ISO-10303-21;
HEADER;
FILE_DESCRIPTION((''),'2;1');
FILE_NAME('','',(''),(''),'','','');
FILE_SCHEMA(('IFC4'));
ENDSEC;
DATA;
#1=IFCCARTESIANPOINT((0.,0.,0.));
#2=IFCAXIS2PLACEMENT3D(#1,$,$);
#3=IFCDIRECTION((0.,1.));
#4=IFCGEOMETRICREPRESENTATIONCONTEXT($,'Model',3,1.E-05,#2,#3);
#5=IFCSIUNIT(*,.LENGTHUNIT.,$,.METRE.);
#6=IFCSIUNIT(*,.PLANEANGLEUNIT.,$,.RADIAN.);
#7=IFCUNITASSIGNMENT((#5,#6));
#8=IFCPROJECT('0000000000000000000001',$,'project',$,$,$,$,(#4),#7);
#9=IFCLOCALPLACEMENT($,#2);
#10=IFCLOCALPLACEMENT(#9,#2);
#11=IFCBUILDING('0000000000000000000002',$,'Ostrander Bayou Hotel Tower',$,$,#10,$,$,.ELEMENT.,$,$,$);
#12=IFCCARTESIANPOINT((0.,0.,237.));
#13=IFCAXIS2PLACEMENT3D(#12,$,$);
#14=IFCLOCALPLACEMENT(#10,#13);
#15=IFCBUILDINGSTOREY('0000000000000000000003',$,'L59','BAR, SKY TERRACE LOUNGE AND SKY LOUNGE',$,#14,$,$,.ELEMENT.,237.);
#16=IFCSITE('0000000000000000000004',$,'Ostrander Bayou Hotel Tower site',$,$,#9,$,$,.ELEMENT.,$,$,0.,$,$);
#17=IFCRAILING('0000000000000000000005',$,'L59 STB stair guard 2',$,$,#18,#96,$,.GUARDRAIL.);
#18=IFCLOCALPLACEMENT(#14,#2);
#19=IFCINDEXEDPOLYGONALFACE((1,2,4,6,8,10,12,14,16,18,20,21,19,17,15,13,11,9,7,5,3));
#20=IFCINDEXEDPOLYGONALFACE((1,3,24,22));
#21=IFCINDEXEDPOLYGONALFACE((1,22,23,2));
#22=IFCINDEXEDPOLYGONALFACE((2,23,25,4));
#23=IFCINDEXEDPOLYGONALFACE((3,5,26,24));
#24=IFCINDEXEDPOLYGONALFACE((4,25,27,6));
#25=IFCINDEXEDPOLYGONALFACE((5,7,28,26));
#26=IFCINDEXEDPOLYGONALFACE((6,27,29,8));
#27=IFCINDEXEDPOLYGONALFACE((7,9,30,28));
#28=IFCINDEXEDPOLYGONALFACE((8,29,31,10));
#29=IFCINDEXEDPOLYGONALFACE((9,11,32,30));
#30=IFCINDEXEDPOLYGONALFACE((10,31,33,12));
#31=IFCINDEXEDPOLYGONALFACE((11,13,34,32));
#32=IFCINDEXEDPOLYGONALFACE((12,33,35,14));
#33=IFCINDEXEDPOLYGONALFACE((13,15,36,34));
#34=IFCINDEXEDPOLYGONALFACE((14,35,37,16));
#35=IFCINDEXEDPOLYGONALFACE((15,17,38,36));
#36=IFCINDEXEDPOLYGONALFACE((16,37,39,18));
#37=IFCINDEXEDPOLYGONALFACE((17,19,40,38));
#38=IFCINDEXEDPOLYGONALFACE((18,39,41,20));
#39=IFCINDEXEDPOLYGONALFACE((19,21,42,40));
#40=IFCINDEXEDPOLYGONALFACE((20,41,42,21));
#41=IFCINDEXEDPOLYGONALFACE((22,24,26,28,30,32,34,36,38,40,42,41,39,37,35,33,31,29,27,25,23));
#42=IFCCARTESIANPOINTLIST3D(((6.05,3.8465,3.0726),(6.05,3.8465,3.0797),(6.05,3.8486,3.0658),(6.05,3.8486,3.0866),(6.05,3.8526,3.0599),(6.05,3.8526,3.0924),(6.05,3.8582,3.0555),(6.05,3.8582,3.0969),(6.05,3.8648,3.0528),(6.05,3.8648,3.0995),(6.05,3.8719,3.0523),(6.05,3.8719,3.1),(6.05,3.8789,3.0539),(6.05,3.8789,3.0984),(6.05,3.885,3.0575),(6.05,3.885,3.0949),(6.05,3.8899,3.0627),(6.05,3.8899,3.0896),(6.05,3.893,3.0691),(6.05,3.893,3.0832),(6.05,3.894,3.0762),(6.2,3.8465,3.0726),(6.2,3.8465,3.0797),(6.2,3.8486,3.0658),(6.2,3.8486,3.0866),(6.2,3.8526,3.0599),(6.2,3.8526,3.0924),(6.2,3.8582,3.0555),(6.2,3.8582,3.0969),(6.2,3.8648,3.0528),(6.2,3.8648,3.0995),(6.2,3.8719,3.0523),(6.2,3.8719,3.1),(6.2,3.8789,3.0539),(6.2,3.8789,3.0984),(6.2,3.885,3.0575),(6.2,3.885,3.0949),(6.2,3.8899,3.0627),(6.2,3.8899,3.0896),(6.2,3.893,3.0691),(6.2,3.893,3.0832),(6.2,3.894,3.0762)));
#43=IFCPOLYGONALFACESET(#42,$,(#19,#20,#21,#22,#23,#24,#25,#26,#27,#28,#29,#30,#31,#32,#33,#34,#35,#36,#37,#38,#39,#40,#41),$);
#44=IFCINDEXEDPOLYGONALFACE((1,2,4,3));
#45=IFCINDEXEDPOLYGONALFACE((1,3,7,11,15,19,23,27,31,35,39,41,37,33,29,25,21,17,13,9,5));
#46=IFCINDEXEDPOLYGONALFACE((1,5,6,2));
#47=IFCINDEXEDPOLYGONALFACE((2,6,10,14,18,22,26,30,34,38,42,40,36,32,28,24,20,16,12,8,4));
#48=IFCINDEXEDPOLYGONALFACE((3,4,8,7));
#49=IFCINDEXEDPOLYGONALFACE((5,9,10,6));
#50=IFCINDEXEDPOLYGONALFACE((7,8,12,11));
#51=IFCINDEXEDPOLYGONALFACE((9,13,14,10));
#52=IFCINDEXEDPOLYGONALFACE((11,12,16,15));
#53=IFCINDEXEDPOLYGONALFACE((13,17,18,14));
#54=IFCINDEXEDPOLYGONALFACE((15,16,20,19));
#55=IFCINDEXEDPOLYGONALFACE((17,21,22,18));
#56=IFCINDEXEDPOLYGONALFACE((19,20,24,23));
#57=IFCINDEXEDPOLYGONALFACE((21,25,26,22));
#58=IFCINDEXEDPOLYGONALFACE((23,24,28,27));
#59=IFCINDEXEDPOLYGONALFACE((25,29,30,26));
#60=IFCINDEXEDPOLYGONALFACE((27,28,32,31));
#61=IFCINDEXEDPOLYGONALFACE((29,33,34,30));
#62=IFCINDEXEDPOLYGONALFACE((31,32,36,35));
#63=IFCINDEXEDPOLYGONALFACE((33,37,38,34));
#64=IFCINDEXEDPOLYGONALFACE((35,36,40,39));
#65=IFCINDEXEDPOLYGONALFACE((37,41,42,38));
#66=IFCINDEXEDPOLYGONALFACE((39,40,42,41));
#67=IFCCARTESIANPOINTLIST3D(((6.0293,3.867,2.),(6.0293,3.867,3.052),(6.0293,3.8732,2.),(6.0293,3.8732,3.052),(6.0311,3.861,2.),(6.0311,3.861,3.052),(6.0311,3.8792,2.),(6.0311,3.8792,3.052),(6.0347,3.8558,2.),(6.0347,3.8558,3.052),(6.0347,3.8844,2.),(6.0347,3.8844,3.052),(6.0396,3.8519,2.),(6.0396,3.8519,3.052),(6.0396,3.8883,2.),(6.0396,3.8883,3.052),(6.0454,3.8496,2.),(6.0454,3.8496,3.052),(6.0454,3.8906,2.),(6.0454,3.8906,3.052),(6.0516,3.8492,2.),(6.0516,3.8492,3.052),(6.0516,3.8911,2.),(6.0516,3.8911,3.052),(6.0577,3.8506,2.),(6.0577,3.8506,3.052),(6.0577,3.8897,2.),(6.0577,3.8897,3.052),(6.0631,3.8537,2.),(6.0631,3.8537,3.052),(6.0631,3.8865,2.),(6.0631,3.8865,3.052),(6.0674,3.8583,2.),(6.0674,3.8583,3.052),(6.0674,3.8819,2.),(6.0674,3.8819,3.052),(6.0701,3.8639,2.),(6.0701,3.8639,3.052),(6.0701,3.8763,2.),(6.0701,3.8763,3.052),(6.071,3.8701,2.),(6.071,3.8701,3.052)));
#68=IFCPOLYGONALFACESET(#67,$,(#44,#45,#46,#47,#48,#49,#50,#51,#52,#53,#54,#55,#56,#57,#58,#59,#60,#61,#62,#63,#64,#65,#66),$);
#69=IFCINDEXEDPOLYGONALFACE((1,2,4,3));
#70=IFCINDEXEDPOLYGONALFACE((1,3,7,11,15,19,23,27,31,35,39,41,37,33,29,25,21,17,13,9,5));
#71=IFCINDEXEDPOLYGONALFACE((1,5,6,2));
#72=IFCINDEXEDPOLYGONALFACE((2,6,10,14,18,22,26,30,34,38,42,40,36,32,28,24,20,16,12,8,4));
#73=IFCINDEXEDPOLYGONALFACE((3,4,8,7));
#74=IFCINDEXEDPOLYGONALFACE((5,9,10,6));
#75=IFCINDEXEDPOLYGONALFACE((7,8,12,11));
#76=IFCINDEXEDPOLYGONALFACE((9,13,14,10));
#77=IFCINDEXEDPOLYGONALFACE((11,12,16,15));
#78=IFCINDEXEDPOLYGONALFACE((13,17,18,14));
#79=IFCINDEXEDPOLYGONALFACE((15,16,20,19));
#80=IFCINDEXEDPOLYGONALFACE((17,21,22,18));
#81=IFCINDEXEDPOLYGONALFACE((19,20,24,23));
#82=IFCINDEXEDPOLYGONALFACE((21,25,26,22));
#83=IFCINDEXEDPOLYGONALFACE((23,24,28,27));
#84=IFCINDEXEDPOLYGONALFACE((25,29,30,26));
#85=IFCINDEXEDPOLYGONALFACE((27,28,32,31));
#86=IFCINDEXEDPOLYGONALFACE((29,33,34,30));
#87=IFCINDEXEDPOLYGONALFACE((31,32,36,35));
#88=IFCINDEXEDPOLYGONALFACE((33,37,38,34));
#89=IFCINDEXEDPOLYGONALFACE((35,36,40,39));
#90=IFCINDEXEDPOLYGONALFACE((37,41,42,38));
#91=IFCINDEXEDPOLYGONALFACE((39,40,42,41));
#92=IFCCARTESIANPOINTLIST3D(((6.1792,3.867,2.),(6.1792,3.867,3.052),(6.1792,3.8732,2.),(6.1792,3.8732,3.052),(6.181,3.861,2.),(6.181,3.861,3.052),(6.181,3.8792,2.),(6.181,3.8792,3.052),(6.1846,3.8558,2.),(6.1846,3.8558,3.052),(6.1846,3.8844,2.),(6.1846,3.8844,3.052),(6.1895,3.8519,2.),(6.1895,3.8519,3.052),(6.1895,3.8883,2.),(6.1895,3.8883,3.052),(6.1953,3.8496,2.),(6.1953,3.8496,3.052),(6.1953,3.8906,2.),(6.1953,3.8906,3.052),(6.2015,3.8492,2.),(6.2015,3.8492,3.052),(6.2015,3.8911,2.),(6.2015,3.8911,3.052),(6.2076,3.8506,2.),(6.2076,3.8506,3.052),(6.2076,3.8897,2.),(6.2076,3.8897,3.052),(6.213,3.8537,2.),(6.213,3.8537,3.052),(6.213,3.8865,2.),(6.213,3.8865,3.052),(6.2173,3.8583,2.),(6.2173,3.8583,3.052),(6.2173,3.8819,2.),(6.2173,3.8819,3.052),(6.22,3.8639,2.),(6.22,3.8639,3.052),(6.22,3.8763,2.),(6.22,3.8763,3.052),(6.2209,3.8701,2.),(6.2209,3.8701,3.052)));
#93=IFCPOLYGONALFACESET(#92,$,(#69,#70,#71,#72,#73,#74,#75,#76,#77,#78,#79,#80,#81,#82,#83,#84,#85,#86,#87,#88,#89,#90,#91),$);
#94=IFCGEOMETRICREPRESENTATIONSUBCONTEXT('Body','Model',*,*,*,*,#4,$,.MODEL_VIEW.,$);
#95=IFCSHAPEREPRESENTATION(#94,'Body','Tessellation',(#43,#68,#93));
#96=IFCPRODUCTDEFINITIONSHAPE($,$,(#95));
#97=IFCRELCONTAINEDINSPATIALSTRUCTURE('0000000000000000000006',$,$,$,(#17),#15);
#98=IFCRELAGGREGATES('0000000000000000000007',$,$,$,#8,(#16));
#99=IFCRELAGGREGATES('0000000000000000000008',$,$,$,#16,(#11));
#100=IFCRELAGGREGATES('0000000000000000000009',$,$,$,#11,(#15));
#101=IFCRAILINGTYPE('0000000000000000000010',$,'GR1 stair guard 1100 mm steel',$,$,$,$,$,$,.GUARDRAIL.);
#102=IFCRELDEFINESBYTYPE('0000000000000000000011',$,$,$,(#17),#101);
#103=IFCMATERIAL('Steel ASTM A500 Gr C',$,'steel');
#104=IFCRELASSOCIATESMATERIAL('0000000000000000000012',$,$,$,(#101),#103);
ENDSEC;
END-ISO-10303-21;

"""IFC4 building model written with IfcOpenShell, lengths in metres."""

from ifc_helpers import new_model, si_unit, direction, frame, origin, origin_2d, place, context, subcontext, project, spatial, circle, extrude, material, type_object, element, save


model = new_model("IFC4")

# Units and contexts
model_context = context("Model", 3, precision=1e-05, world=origin(), true_north=direction((0.0, 1.0)))
body_context = subcontext(model_context, "Body", "Model", "MODEL_VIEW")
ifc_project = project(units=[si_unit("LENGTHUNIT", "METRE"), si_unit("PLANEANGLEUNIT", "RADIAN")], contexts=[model_context])

# Site, building, storey
site_placement = place(None, origin())
site = spatial("IfcSite", under=ifc_project, at=site_placement, Name="Ostrander Bayou Hotel Tower site", CompositionType="ELEMENT", RefElevation=0.0)
building_placement = place(site_placement, origin())
building = spatial("IfcBuilding", under=site, at=building_placement, Name="Ostrander Bayou Hotel Tower", CompositionType="ELEMENT")
storey_placement = place(building_placement, frame((0.0, 0.0, 237.0)))
storey = spatial("IfcBuildingStorey", under=building, at=storey_placement, Name="L59", Description="BAR, SKY TERRACE LOUNGE AND SKY LOUNGE", CompositionType="ELEMENT", Elevation=237.0)

# Railing
ifc_material_1 = material(Name="Steel ASTM A500 Gr C", Category="steel")
railing_type_1 = type_object("IfcRailingType", Name="GR1 stair guard 1100 mm steel", PredefinedType="GUARDRAIL", material=ifc_material_1)
railing_1_placement = place(storey_placement, frame((6.05, 3.8701, 2.0)))
element("IfcRailing", 1, at=railing_1_placement, inside=storey, type_object=railing_type_1, Name="L59 STB stair guard 2", PredefinedType="GUARDRAIL", context=body_context, shape_type="SweptSolid", body=[
    extrude(circle(Radius=0.0239, at=origin_2d()), frame((0.0, 0.0, 1.0762), z_axis=(1.0, 0.0, 0.0), x_axis=(0.0, 1.0, 0.0)), (0.0, 0.0, 1.0), 0.1499),
    extrude(circle(Radius=0.021, at=origin_2d()), origin(), (0.0, 0.0, 1.0), 1.052),
    extrude(circle(Radius=0.021, at=origin_2d()), frame((0.1499, 0.0, 0.0)), (0.0, 0.0, 1.0), 1.052),
])

save(model, "model.ifc")
